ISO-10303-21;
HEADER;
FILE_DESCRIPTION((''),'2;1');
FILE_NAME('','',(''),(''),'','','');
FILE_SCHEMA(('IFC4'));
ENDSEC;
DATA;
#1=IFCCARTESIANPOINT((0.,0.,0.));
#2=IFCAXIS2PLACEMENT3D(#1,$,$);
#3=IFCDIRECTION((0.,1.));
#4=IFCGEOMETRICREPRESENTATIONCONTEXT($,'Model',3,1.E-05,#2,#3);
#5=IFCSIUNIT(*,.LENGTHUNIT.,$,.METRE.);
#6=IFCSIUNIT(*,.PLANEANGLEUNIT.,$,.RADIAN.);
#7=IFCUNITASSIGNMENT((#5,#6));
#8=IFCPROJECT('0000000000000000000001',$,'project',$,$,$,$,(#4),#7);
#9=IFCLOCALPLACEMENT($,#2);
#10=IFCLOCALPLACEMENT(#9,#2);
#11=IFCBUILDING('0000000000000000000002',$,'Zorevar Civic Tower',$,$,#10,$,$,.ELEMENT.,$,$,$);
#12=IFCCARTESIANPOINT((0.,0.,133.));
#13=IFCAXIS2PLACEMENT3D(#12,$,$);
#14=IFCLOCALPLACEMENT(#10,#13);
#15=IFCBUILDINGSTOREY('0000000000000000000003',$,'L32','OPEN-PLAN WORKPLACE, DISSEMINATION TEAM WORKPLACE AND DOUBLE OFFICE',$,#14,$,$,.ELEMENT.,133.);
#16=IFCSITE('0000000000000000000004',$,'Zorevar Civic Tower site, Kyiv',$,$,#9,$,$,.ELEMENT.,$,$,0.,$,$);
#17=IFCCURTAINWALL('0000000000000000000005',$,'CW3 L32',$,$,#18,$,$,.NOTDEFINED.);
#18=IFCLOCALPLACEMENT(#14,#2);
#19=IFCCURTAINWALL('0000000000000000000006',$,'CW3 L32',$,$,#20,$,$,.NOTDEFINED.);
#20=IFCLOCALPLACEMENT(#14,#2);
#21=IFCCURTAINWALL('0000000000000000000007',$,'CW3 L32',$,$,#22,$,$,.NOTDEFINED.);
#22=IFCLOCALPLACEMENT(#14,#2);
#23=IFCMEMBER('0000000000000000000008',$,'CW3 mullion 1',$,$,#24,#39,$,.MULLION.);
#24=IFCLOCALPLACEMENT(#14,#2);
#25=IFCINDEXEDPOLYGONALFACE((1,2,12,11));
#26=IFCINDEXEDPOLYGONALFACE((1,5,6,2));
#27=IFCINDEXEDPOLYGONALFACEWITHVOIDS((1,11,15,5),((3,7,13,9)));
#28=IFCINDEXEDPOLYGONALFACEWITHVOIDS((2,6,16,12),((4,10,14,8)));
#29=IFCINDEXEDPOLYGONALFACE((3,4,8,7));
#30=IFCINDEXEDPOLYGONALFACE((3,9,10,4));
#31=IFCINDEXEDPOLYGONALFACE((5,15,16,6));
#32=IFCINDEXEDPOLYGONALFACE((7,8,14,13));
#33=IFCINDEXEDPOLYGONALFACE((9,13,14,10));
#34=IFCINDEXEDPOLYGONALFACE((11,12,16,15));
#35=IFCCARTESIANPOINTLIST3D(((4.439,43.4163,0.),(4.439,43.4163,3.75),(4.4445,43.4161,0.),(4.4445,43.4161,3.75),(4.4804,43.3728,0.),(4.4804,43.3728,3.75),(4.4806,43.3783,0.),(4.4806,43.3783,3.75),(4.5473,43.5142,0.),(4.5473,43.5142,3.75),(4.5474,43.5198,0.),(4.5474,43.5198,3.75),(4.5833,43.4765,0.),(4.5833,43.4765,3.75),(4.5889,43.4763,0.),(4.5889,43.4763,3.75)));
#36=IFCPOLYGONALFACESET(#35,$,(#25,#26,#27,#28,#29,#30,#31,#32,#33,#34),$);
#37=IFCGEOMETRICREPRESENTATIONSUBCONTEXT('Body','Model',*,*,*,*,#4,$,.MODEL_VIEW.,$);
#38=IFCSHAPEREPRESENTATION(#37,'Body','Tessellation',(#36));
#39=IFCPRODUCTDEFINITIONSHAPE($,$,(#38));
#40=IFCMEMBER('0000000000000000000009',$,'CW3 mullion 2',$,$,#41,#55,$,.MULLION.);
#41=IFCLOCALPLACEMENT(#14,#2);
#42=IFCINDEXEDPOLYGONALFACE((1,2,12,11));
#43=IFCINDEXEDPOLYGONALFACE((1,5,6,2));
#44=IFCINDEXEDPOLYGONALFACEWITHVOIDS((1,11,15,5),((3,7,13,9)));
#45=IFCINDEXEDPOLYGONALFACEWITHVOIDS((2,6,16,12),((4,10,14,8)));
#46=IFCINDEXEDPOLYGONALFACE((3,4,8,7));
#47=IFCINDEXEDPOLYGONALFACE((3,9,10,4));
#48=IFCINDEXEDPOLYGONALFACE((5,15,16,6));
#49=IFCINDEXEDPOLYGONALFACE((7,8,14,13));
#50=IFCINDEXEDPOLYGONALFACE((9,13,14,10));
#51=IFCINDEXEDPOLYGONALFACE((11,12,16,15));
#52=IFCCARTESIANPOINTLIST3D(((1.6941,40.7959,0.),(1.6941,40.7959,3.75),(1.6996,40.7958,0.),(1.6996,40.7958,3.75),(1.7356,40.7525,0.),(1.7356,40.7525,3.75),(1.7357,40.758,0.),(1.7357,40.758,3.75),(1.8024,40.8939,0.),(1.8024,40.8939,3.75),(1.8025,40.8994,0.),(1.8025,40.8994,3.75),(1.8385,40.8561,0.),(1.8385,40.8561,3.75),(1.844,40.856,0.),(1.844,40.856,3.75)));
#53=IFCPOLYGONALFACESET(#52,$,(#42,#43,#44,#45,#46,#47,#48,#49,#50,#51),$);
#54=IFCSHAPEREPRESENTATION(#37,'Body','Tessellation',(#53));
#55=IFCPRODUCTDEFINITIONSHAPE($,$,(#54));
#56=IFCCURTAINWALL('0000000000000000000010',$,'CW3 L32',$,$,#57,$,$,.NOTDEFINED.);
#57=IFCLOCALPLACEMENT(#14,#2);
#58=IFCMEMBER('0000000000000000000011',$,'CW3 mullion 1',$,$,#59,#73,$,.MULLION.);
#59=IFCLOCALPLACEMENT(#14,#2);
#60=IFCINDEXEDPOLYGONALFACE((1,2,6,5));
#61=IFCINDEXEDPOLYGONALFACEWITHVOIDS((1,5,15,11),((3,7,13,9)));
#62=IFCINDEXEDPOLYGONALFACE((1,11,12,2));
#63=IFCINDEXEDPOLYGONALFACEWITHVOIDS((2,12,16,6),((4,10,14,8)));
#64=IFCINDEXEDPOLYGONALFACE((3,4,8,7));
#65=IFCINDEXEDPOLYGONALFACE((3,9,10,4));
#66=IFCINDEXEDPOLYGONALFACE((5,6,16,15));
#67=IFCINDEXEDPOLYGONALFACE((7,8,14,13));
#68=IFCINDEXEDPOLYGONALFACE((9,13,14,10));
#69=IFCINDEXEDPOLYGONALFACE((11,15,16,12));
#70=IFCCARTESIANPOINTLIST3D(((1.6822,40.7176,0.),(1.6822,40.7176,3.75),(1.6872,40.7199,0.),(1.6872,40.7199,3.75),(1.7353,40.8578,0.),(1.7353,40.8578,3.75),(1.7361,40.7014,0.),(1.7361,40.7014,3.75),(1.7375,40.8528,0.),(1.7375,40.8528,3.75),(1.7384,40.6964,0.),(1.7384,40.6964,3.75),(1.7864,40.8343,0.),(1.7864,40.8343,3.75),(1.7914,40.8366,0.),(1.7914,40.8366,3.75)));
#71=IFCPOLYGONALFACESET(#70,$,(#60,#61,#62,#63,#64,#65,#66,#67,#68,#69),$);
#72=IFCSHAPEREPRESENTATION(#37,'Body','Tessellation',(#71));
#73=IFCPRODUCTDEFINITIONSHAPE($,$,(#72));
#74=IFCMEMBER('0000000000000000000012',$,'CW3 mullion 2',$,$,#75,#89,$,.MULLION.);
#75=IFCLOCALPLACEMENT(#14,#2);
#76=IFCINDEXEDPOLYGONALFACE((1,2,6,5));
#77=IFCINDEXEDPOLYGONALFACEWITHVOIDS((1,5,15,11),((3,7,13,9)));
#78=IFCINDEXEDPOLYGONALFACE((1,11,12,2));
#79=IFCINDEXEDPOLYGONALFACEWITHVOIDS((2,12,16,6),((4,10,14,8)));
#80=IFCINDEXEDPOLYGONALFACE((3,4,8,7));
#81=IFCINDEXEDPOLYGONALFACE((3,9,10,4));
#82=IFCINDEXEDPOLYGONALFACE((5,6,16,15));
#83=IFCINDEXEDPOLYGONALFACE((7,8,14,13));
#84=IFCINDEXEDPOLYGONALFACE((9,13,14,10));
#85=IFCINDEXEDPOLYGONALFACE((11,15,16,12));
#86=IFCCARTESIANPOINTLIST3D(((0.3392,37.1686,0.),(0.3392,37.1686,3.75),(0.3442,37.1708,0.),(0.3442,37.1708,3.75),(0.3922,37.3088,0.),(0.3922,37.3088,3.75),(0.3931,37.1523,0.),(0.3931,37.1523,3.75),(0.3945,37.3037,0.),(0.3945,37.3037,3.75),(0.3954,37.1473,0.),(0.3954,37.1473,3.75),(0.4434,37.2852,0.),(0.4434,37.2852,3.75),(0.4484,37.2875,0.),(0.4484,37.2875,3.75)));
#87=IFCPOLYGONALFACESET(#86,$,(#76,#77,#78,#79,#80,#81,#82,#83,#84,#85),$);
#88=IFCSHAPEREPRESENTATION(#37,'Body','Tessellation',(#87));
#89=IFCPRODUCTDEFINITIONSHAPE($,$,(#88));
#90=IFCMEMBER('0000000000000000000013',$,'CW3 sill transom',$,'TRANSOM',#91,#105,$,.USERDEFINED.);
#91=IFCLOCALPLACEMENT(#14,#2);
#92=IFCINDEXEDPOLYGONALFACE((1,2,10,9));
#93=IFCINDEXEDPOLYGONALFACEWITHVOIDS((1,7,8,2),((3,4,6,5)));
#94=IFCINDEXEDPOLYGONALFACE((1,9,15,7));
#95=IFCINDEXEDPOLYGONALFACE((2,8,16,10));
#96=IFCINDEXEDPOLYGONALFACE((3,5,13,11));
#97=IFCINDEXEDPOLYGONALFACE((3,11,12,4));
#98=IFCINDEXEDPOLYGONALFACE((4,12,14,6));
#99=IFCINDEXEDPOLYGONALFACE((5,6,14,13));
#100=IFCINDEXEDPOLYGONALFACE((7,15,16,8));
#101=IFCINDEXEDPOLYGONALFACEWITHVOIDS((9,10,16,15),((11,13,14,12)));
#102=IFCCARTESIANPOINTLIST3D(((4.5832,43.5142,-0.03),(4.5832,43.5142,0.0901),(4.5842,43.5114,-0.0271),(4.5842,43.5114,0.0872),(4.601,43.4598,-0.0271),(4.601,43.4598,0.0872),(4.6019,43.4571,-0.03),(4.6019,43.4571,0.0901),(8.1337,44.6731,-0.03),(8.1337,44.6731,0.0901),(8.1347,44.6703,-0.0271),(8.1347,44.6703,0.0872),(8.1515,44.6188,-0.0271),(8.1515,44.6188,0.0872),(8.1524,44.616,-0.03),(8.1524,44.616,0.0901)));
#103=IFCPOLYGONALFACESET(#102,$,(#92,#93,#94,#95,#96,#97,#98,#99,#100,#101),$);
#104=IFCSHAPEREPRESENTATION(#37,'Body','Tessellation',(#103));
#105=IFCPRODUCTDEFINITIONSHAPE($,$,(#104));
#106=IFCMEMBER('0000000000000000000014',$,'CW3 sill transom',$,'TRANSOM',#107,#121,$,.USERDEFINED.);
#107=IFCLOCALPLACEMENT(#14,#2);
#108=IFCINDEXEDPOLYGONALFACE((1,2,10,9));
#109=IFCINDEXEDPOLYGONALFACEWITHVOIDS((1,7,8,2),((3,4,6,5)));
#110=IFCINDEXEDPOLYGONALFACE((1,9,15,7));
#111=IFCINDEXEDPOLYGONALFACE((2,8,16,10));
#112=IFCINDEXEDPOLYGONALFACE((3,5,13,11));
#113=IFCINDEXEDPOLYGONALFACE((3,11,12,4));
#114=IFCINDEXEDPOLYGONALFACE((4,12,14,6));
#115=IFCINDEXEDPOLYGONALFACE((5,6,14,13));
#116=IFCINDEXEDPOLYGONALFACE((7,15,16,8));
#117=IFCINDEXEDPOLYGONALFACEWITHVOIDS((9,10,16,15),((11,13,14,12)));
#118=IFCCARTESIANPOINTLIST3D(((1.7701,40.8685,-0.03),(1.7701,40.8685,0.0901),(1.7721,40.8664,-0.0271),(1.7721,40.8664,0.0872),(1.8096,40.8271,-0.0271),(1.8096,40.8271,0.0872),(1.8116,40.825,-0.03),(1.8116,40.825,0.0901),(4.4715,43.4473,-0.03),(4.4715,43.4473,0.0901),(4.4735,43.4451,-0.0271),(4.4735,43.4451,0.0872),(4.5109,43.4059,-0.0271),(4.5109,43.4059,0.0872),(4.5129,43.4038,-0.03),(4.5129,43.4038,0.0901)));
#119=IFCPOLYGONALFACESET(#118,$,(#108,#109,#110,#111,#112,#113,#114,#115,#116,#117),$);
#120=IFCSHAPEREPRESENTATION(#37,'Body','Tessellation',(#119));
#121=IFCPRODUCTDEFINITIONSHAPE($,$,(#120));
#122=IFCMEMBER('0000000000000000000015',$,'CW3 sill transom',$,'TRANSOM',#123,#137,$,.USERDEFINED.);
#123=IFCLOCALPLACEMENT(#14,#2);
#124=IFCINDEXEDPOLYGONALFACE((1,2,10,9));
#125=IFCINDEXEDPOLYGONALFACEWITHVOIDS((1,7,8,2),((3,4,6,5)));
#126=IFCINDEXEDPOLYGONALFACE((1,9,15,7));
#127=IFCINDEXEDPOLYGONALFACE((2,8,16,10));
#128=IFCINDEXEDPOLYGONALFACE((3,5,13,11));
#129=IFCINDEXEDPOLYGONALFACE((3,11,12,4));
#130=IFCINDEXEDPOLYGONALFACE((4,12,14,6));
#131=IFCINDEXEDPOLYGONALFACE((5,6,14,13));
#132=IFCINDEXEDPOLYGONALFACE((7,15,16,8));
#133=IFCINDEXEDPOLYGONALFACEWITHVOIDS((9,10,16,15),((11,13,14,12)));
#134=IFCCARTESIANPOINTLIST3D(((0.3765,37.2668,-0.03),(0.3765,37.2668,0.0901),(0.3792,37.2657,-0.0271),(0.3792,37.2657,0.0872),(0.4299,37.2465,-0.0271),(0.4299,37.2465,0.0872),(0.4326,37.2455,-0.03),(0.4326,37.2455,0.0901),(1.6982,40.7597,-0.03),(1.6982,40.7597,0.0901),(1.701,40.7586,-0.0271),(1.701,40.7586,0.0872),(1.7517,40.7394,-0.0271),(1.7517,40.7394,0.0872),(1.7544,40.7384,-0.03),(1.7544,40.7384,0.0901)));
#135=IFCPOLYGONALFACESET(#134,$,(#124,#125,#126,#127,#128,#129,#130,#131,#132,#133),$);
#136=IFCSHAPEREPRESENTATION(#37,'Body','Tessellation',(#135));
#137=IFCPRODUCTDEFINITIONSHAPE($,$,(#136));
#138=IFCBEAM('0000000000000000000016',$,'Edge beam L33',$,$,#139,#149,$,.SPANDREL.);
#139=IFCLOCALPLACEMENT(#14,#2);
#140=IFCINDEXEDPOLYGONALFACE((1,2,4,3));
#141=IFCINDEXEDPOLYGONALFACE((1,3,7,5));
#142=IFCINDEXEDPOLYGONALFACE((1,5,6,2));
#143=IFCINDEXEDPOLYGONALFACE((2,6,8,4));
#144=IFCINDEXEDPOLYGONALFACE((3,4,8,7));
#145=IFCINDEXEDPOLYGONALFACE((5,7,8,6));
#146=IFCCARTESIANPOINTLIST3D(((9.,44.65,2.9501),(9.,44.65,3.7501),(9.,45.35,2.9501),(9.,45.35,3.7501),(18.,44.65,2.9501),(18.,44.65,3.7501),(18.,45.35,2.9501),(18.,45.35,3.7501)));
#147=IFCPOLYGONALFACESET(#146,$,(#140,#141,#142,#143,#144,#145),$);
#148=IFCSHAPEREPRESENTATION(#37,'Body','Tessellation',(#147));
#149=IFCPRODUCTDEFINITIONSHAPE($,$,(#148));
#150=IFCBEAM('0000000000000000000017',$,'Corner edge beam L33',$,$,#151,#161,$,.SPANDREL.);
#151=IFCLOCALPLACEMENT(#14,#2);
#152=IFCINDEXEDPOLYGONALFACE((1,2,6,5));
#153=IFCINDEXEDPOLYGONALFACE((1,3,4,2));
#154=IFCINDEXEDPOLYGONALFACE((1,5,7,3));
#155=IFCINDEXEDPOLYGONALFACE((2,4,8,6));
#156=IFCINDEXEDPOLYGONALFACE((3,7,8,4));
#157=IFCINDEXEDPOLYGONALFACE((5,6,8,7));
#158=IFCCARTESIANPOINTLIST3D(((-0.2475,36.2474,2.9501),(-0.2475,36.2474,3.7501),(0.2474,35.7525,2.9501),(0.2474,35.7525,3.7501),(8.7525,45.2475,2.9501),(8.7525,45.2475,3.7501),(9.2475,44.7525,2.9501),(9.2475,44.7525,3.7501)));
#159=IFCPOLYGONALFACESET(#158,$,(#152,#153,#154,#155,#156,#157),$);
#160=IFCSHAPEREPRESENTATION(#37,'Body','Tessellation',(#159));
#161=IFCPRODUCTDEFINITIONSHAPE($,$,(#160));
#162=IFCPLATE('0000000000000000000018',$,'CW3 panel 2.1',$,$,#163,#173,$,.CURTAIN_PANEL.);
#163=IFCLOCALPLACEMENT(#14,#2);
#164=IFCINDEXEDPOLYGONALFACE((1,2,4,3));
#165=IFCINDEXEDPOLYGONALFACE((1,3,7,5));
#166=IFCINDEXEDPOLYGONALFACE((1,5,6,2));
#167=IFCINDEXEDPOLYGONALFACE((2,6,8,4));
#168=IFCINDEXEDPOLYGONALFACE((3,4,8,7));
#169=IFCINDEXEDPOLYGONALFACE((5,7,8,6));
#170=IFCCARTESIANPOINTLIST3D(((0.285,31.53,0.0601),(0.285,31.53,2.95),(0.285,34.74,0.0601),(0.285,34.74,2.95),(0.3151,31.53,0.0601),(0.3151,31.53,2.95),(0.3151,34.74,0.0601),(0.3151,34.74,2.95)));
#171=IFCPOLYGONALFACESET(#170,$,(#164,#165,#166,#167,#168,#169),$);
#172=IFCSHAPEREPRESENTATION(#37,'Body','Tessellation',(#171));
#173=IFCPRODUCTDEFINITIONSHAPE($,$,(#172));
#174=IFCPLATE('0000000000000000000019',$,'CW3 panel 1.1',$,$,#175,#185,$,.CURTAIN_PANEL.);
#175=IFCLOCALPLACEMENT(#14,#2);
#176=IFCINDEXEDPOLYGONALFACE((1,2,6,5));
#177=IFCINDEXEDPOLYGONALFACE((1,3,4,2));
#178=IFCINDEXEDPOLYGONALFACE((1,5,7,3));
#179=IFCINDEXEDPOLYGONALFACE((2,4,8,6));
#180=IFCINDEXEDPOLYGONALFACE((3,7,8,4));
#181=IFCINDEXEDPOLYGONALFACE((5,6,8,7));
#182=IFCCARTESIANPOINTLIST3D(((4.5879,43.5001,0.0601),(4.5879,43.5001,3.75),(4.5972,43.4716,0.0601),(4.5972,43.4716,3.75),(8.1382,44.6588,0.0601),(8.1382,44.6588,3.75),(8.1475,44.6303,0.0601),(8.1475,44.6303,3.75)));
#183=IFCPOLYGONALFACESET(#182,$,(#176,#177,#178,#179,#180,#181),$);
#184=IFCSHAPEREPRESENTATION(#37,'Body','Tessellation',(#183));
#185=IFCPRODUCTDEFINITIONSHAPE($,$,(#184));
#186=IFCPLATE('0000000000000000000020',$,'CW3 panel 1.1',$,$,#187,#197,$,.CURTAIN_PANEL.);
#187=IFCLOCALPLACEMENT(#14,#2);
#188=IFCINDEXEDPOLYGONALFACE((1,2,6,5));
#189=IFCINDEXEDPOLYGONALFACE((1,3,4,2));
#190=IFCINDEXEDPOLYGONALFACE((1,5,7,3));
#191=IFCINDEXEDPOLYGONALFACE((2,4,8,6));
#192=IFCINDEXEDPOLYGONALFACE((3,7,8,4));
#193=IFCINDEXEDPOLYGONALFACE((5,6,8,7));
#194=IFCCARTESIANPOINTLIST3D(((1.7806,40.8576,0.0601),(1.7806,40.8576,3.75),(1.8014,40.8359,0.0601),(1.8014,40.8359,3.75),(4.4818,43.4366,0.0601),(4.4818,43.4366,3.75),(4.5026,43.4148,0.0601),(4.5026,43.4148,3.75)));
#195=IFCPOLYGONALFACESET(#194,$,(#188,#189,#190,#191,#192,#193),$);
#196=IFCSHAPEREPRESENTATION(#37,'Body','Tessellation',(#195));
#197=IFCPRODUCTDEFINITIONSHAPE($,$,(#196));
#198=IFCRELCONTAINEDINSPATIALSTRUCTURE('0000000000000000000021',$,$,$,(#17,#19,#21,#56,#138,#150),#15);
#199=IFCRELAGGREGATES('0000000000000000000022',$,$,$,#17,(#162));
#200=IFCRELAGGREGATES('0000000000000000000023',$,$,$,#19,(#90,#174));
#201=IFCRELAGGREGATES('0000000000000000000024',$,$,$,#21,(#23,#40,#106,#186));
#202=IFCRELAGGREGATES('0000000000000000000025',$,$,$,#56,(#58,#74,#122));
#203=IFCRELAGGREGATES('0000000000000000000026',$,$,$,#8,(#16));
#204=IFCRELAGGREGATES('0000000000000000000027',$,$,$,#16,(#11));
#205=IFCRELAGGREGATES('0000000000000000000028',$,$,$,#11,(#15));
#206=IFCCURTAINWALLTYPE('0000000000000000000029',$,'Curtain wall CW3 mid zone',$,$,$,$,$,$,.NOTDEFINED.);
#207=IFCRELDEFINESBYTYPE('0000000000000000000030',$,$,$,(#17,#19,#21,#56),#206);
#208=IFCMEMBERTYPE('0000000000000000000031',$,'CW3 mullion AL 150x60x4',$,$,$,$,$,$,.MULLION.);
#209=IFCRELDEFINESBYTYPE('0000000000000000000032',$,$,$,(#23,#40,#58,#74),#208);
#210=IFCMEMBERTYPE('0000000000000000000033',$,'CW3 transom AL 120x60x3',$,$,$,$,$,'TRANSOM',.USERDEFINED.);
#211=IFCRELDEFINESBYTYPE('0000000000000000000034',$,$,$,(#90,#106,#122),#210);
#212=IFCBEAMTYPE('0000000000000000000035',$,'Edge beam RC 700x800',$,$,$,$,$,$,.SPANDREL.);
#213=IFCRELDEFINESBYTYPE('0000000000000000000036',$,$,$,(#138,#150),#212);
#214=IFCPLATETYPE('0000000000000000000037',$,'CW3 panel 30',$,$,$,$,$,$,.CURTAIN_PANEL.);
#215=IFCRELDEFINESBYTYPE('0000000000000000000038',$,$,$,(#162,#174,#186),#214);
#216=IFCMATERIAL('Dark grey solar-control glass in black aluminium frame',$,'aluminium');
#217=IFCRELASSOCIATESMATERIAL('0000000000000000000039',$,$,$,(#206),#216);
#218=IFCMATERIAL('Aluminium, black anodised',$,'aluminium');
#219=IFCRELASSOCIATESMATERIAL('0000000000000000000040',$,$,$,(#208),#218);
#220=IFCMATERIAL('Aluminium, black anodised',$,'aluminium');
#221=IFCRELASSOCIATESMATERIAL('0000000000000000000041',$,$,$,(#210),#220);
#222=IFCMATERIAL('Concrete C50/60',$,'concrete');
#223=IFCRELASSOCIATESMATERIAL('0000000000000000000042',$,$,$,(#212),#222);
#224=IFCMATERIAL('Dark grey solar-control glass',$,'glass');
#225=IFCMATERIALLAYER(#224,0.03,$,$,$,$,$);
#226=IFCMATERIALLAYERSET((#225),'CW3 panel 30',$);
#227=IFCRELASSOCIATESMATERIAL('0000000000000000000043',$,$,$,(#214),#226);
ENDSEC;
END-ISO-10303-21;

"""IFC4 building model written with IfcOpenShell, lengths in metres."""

from ifc_helpers import new_model, si_unit, direction, frame, origin, origin_2d, place, context, subcontext, project, spatial, rectangle, hollow_rectangle, extrude, material, layer, layer_set, material_profile, profile_set, type_object, element, aggregate, save


model = new_model("IFC4")

# Units and contexts
model_context = context("Model", 3, precision=1e-05, world=origin(), true_north=direction((0.0, 1.0)))
body_context = subcontext(model_context, "Body", "Model", "MODEL_VIEW")
ifc_project = project(units=[si_unit("LENGTHUNIT", "METRE"), si_unit("PLANEANGLEUNIT", "RADIAN")], contexts=[model_context])

# Site, building, storey
site_placement = place(None, origin())
site = spatial("IfcSite", under=ifc_project, at=site_placement, Name="Zorevar Civic Tower site, Kyiv", CompositionType="ELEMENT", RefElevation=0.0)
building_placement = place(site_placement, origin())
building = spatial("IfcBuilding", under=site, at=building_placement, Name="Zorevar Civic Tower", CompositionType="ELEMENT")
storey_placement = place(building_placement, frame((0.0, 0.0, 133.0)))
storey = spatial("IfcBuildingStorey", under=building, at=storey_placement, Name="L32", Description="OPEN-PLAN WORKPLACE, DISSEMINATION TEAM WORKPLACE AND DOUBLE OFFICE", CompositionType="ELEMENT", Elevation=133.0)

# Curtain wall
ifc_material_1 = material(Name="Dark grey solar-control glass in black aluminium frame", Category="aluminium")
curtain_wall_type = type_object("IfcCurtainWallType", Name="Curtain wall CW3 mid zone", PredefinedType="NOTDEFINED", material=ifc_material_1)
curtain_wall_1_placement = place(storey_placement, origin())
curtain_wall_1 = element("IfcCurtainWall", 1, at=curtain_wall_1_placement, inside=storey, type_object=curtain_wall_type, Name="CW3 L32", PredefinedType="NOTDEFINED")
ifc_material_2 = material(Name="Aluminium, black anodised", Category="aluminium")
ifc_material_profile_1 = material_profile(ifc_material_2, hollow_rectangle(XDim=0.0601, YDim=0.1499, WallThickness=0.0039, at=origin_2d()), Name="AL 150x60x4")
ifc_profile_set_1 = profile_set([ifc_material_profile_1], Name="Aluminium, black anodised")
member_type_1 = type_object("IfcMemberType", Name="CW3 mullion AL 150x60x4", PredefinedType="MULLION", material=ifc_profile_set_1)

# Curtain walls, members
curtain_wall_2_placement = place(storey_placement, origin())
curtain_wall_2 = element("IfcCurtainWall", 2, at=curtain_wall_2_placement, inside=storey, type_object=curtain_wall_type, Name="CW3 L32", PredefinedType="NOTDEFINED")
curtain_wall_3_placement = place(storey_placement, origin())
curtain_wall_3 = element("IfcCurtainWall", 3, at=curtain_wall_3_placement, inside=storey, type_object=curtain_wall_type, Name="CW3 L32", PredefinedType="NOTDEFINED")
member_1_placement = place(storey_placement, frame((4.5139, 43.4463, 0.0), z_axis=(0.0, 0.0, 1.0), x_axis=(0.690545, -0.723289, 0.0)))
member_1 = element("IfcMember", 4, at=member_1_placement, type_object=member_type_1, Name="CW3 mullion 1", PredefinedType="MULLION", context=body_context, shape_type="SweptSolid", body=[
    extrude(hollow_rectangle(XDim=0.0601, YDim=0.1499, WallThickness=0.0039, at=origin_2d()), origin(), (0.0, 0.0, 1.0), 3.75),
])
member_2_placement = place(storey_placement, frame((1.769, 40.8259, 0.0), z_axis=(0.0, 0.0, 1.0), x_axis=(0.690545, -0.723289, 0.0)))
member_2 = element("IfcMember", 5, at=member_2_placement, type_object=member_type_1, Name="CW3 mullion 2", PredefinedType="MULLION", context=body_context, shape_type="SweptSolid", body=[
    extrude(hollow_rectangle(XDim=0.0601, YDim=0.1499, WallThickness=0.0039, at=origin_2d()), origin(), (0.0, 0.0, 1.0), 3.75),
])
curtain_wall_4_placement = place(storey_placement, origin())
curtain_wall_4 = element("IfcCurtainWall", 6, at=curtain_wall_4_placement, inside=storey, type_object=curtain_wall_type, Name="CW3 L32", PredefinedType="NOTDEFINED")
member_3_placement = place(storey_placement, frame((1.7368, 40.7771, 0.0), z_axis=(0.0, 0.0, 1.0), x_axis=(0.935277, -0.353918, 0.0)))
member_3 = element("IfcMember", 7, at=member_3_placement, type_object=member_type_1, Name="CW3 mullion 1", PredefinedType="MULLION", context=body_context, shape_type="SweptSolid", body=[
    extrude(hollow_rectangle(XDim=0.0601, YDim=0.1499, WallThickness=0.0039, at=origin_2d()), origin(), (0.0, 0.0, 1.0), 3.75),
])
member_4_placement = place(storey_placement, frame((0.3938, 37.228, 0.0), z_axis=(0.0, 0.0, 1.0), x_axis=(0.935277, -0.353918, 0.0)))
member_4 = element("IfcMember", 8, at=member_4_placement, type_object=member_type_1, Name="CW3 mullion 2", PredefinedType="MULLION", context=body_context, shape_type="SweptSolid", body=[
    extrude(hollow_rectangle(XDim=0.0601, YDim=0.1499, WallThickness=0.0039, at=origin_2d()), origin(), (0.0, 0.0, 1.0), 3.75),
])

# Members
ifc_material_3 = material(Name="Aluminium, black anodised", Category="aluminium")
ifc_material_profile_2 = material_profile(ifc_material_3, hollow_rectangle(XDim=0.0601, YDim=0.1201, WallThickness=0.0029, at=origin_2d()), Name="AL 120x60x3")
ifc_profile_set_2 = profile_set([ifc_material_profile_2], Name="Aluminium, black anodised")
member_type_2 = type_object("IfcMemberType", Name="CW3 transom AL 120x60x3", ElementType="TRANSOM", PredefinedType="USERDEFINED", material=ifc_profile_set_2)
member_5_placement = place(storey_placement, frame((8.1431, 44.6445, 0.03), z_axis=(-0.950639, -0.310299, 0.0), x_axis=(0.310299, -0.950639, 0.0)))
member_5 = element("IfcMember", 9, at=member_5_placement, type_object=member_type_2, Name="CW3 sill transom", ObjectType="TRANSOM", PredefinedType="USERDEFINED", context=body_context, shape_type="SweptSolid", body=[
    extrude(hollow_rectangle(XDim=0.0601, YDim=0.1201, WallThickness=0.0029, at=origin_2d()), origin(), (0.0, 0.0, 1.0), 3.7349),
])
member_6_placement = place(storey_placement, frame((4.4922, 43.4255, 0.03), z_axis=(-0.723324, -0.690508, 0.0), x_axis=(0.690508, -0.723324, 0.0)))
member_6 = element("IfcMember", 10, at=member_6_placement, type_object=member_type_2, Name="CW3 sill transom", ObjectType="TRANSOM", PredefinedType="USERDEFINED", context=body_context, shape_type="SweptSolid", body=[
    extrude(hollow_rectangle(XDim=0.0601, YDim=0.1201, WallThickness=0.0029, at=origin_2d()), origin(), (0.0, 0.0, 1.0), 3.7346),
])
member_7_placement = place(storey_placement, frame((1.7263, 40.749, 0.03), z_axis=(-0.353923, -0.935275, 0.0), x_axis=(0.935275, -0.353923, 0.0)))
member_7 = element("IfcMember", 11, at=member_7_placement, type_object=member_type_2, Name="CW3 sill transom", ObjectType="TRANSOM", PredefinedType="USERDEFINED", context=body_context, shape_type="SweptSolid", body=[
    extrude(hollow_rectangle(XDim=0.0601, YDim=0.1201, WallThickness=0.0029, at=origin_2d()), origin(), (0.0, 0.0, 1.0), 3.7346),
])

# Beams
ifc_material_4 = material(Name="Concrete C50/60", Category="concrete")
ifc_material_profile_3 = material_profile(ifc_material_4, rectangle(XDim=0.7, YDim=0.8, at=origin_2d()), Name="RC 700x800")
ifc_profile_set_3 = profile_set([ifc_material_profile_3], Name="Concrete C50/60")
beam_type_1 = type_object("IfcBeamType", Name="Edge beam RC 700x800", PredefinedType="SPANDREL", material=ifc_profile_set_3)
beam_1_placement = place(storey_placement, frame((9.0, 45.0, 3.3501), z_axis=(1.0, 0.0, 0.0), x_axis=(0.0, 1.0, 0.0)))
element("IfcBeam", 12, at=beam_1_placement, inside=storey, type_object=beam_type_1, Name="Edge beam L33", PredefinedType="SPANDREL", context=body_context, shape_type="SweptSolid", body=[
    extrude(rectangle(XDim=0.7, YDim=0.8, at=origin_2d()), origin(), (0.0, 0.0, 1.0), 9.0),
])
beam_2_placement = place(storey_placement, frame((9.0, 45.0, 3.3501), z_axis=(-0.707107, -0.707107, 0.0), x_axis=(0.707107, -0.707107, 0.0)))
element("IfcBeam", 13, at=beam_2_placement, inside=storey, type_object=beam_type_1, Name="Corner edge beam L33", PredefinedType="SPANDREL", context=body_context, shape_type="SweptSolid", body=[
    extrude(rectangle(XDim=0.7, YDim=0.8, at=origin_2d()), origin(), (0.0, 0.0, 1.0), 12.728),
])

# Plates
ifc_material_5 = material(Name="Dark grey solar-control glass", Category="glass")
ifc_layer_1 = layer(ifc_material_5, 0.03)
ifc_layer_set_1 = layer_set([ifc_layer_1], Name="CW3 panel 30")
plate_type = type_object("IfcPlateType", Name="CW3 panel 30", PredefinedType="CURTAIN_PANEL", material=ifc_layer_set_1)
plate_1_placement = place(storey_placement, frame((0.3, 33.135, 0.0601), z_axis=(0.0, 0.0, 1.0), x_axis=(0.0, 1.0, 0.0)))
plate_1 = element("IfcPlate", 14, at=plate_1_placement, type_object=plate_type, Name="CW3 panel 2.1", PredefinedType="CURTAIN_PANEL", context=body_context, shape_type="SweptSolid", body=[
    extrude(rectangle(XDim=3.21, YDim=0.03, at=origin_2d()), origin(), (0.0, 0.0, 1.0), 2.8899),
])
aggregate(curtain_wall_1, [plate_1])
plate_2_placement = place(storey_placement, frame((6.3677, 44.0652, 0.0601), z_axis=(0.0, 0.0, 1.0), x_axis=(-0.950651, -0.310263, 0.0)))
plate_2 = element("IfcPlate", 15, at=plate_2_placement, type_object=plate_type, Name="CW3 panel 1.1", PredefinedType="CURTAIN_PANEL", context=body_context, shape_type="SweptSolid", body=[
    extrude(rectangle(XDim=3.7346, YDim=0.03, at=origin_2d()), origin(), (0.0, 0.0, 1.0), 3.6899),
])
aggregate(curtain_wall_2, [member_5, plate_2])
plate_3_placement = place(storey_placement, frame((3.1416, 42.1362, 0.0601), z_axis=(0.0, 0.0, 1.0), x_axis=(-0.723289, -0.690545, 0.0)))
plate_3 = element("IfcPlate", 16, at=plate_3_placement, type_object=plate_type, Name="CW3 panel 1.1", PredefinedType="CURTAIN_PANEL", context=body_context, shape_type="SweptSolid", body=[
    extrude(rectangle(XDim=3.7346, YDim=0.03, at=origin_2d()), origin(), (0.0, 0.0, 1.0), 3.6899),
])
aggregate(curtain_wall_3, [member_1, member_2, member_6, plate_3])
aggregate(curtain_wall_4, [member_3, member_4, member_7])

save(model, "model.ifc")
